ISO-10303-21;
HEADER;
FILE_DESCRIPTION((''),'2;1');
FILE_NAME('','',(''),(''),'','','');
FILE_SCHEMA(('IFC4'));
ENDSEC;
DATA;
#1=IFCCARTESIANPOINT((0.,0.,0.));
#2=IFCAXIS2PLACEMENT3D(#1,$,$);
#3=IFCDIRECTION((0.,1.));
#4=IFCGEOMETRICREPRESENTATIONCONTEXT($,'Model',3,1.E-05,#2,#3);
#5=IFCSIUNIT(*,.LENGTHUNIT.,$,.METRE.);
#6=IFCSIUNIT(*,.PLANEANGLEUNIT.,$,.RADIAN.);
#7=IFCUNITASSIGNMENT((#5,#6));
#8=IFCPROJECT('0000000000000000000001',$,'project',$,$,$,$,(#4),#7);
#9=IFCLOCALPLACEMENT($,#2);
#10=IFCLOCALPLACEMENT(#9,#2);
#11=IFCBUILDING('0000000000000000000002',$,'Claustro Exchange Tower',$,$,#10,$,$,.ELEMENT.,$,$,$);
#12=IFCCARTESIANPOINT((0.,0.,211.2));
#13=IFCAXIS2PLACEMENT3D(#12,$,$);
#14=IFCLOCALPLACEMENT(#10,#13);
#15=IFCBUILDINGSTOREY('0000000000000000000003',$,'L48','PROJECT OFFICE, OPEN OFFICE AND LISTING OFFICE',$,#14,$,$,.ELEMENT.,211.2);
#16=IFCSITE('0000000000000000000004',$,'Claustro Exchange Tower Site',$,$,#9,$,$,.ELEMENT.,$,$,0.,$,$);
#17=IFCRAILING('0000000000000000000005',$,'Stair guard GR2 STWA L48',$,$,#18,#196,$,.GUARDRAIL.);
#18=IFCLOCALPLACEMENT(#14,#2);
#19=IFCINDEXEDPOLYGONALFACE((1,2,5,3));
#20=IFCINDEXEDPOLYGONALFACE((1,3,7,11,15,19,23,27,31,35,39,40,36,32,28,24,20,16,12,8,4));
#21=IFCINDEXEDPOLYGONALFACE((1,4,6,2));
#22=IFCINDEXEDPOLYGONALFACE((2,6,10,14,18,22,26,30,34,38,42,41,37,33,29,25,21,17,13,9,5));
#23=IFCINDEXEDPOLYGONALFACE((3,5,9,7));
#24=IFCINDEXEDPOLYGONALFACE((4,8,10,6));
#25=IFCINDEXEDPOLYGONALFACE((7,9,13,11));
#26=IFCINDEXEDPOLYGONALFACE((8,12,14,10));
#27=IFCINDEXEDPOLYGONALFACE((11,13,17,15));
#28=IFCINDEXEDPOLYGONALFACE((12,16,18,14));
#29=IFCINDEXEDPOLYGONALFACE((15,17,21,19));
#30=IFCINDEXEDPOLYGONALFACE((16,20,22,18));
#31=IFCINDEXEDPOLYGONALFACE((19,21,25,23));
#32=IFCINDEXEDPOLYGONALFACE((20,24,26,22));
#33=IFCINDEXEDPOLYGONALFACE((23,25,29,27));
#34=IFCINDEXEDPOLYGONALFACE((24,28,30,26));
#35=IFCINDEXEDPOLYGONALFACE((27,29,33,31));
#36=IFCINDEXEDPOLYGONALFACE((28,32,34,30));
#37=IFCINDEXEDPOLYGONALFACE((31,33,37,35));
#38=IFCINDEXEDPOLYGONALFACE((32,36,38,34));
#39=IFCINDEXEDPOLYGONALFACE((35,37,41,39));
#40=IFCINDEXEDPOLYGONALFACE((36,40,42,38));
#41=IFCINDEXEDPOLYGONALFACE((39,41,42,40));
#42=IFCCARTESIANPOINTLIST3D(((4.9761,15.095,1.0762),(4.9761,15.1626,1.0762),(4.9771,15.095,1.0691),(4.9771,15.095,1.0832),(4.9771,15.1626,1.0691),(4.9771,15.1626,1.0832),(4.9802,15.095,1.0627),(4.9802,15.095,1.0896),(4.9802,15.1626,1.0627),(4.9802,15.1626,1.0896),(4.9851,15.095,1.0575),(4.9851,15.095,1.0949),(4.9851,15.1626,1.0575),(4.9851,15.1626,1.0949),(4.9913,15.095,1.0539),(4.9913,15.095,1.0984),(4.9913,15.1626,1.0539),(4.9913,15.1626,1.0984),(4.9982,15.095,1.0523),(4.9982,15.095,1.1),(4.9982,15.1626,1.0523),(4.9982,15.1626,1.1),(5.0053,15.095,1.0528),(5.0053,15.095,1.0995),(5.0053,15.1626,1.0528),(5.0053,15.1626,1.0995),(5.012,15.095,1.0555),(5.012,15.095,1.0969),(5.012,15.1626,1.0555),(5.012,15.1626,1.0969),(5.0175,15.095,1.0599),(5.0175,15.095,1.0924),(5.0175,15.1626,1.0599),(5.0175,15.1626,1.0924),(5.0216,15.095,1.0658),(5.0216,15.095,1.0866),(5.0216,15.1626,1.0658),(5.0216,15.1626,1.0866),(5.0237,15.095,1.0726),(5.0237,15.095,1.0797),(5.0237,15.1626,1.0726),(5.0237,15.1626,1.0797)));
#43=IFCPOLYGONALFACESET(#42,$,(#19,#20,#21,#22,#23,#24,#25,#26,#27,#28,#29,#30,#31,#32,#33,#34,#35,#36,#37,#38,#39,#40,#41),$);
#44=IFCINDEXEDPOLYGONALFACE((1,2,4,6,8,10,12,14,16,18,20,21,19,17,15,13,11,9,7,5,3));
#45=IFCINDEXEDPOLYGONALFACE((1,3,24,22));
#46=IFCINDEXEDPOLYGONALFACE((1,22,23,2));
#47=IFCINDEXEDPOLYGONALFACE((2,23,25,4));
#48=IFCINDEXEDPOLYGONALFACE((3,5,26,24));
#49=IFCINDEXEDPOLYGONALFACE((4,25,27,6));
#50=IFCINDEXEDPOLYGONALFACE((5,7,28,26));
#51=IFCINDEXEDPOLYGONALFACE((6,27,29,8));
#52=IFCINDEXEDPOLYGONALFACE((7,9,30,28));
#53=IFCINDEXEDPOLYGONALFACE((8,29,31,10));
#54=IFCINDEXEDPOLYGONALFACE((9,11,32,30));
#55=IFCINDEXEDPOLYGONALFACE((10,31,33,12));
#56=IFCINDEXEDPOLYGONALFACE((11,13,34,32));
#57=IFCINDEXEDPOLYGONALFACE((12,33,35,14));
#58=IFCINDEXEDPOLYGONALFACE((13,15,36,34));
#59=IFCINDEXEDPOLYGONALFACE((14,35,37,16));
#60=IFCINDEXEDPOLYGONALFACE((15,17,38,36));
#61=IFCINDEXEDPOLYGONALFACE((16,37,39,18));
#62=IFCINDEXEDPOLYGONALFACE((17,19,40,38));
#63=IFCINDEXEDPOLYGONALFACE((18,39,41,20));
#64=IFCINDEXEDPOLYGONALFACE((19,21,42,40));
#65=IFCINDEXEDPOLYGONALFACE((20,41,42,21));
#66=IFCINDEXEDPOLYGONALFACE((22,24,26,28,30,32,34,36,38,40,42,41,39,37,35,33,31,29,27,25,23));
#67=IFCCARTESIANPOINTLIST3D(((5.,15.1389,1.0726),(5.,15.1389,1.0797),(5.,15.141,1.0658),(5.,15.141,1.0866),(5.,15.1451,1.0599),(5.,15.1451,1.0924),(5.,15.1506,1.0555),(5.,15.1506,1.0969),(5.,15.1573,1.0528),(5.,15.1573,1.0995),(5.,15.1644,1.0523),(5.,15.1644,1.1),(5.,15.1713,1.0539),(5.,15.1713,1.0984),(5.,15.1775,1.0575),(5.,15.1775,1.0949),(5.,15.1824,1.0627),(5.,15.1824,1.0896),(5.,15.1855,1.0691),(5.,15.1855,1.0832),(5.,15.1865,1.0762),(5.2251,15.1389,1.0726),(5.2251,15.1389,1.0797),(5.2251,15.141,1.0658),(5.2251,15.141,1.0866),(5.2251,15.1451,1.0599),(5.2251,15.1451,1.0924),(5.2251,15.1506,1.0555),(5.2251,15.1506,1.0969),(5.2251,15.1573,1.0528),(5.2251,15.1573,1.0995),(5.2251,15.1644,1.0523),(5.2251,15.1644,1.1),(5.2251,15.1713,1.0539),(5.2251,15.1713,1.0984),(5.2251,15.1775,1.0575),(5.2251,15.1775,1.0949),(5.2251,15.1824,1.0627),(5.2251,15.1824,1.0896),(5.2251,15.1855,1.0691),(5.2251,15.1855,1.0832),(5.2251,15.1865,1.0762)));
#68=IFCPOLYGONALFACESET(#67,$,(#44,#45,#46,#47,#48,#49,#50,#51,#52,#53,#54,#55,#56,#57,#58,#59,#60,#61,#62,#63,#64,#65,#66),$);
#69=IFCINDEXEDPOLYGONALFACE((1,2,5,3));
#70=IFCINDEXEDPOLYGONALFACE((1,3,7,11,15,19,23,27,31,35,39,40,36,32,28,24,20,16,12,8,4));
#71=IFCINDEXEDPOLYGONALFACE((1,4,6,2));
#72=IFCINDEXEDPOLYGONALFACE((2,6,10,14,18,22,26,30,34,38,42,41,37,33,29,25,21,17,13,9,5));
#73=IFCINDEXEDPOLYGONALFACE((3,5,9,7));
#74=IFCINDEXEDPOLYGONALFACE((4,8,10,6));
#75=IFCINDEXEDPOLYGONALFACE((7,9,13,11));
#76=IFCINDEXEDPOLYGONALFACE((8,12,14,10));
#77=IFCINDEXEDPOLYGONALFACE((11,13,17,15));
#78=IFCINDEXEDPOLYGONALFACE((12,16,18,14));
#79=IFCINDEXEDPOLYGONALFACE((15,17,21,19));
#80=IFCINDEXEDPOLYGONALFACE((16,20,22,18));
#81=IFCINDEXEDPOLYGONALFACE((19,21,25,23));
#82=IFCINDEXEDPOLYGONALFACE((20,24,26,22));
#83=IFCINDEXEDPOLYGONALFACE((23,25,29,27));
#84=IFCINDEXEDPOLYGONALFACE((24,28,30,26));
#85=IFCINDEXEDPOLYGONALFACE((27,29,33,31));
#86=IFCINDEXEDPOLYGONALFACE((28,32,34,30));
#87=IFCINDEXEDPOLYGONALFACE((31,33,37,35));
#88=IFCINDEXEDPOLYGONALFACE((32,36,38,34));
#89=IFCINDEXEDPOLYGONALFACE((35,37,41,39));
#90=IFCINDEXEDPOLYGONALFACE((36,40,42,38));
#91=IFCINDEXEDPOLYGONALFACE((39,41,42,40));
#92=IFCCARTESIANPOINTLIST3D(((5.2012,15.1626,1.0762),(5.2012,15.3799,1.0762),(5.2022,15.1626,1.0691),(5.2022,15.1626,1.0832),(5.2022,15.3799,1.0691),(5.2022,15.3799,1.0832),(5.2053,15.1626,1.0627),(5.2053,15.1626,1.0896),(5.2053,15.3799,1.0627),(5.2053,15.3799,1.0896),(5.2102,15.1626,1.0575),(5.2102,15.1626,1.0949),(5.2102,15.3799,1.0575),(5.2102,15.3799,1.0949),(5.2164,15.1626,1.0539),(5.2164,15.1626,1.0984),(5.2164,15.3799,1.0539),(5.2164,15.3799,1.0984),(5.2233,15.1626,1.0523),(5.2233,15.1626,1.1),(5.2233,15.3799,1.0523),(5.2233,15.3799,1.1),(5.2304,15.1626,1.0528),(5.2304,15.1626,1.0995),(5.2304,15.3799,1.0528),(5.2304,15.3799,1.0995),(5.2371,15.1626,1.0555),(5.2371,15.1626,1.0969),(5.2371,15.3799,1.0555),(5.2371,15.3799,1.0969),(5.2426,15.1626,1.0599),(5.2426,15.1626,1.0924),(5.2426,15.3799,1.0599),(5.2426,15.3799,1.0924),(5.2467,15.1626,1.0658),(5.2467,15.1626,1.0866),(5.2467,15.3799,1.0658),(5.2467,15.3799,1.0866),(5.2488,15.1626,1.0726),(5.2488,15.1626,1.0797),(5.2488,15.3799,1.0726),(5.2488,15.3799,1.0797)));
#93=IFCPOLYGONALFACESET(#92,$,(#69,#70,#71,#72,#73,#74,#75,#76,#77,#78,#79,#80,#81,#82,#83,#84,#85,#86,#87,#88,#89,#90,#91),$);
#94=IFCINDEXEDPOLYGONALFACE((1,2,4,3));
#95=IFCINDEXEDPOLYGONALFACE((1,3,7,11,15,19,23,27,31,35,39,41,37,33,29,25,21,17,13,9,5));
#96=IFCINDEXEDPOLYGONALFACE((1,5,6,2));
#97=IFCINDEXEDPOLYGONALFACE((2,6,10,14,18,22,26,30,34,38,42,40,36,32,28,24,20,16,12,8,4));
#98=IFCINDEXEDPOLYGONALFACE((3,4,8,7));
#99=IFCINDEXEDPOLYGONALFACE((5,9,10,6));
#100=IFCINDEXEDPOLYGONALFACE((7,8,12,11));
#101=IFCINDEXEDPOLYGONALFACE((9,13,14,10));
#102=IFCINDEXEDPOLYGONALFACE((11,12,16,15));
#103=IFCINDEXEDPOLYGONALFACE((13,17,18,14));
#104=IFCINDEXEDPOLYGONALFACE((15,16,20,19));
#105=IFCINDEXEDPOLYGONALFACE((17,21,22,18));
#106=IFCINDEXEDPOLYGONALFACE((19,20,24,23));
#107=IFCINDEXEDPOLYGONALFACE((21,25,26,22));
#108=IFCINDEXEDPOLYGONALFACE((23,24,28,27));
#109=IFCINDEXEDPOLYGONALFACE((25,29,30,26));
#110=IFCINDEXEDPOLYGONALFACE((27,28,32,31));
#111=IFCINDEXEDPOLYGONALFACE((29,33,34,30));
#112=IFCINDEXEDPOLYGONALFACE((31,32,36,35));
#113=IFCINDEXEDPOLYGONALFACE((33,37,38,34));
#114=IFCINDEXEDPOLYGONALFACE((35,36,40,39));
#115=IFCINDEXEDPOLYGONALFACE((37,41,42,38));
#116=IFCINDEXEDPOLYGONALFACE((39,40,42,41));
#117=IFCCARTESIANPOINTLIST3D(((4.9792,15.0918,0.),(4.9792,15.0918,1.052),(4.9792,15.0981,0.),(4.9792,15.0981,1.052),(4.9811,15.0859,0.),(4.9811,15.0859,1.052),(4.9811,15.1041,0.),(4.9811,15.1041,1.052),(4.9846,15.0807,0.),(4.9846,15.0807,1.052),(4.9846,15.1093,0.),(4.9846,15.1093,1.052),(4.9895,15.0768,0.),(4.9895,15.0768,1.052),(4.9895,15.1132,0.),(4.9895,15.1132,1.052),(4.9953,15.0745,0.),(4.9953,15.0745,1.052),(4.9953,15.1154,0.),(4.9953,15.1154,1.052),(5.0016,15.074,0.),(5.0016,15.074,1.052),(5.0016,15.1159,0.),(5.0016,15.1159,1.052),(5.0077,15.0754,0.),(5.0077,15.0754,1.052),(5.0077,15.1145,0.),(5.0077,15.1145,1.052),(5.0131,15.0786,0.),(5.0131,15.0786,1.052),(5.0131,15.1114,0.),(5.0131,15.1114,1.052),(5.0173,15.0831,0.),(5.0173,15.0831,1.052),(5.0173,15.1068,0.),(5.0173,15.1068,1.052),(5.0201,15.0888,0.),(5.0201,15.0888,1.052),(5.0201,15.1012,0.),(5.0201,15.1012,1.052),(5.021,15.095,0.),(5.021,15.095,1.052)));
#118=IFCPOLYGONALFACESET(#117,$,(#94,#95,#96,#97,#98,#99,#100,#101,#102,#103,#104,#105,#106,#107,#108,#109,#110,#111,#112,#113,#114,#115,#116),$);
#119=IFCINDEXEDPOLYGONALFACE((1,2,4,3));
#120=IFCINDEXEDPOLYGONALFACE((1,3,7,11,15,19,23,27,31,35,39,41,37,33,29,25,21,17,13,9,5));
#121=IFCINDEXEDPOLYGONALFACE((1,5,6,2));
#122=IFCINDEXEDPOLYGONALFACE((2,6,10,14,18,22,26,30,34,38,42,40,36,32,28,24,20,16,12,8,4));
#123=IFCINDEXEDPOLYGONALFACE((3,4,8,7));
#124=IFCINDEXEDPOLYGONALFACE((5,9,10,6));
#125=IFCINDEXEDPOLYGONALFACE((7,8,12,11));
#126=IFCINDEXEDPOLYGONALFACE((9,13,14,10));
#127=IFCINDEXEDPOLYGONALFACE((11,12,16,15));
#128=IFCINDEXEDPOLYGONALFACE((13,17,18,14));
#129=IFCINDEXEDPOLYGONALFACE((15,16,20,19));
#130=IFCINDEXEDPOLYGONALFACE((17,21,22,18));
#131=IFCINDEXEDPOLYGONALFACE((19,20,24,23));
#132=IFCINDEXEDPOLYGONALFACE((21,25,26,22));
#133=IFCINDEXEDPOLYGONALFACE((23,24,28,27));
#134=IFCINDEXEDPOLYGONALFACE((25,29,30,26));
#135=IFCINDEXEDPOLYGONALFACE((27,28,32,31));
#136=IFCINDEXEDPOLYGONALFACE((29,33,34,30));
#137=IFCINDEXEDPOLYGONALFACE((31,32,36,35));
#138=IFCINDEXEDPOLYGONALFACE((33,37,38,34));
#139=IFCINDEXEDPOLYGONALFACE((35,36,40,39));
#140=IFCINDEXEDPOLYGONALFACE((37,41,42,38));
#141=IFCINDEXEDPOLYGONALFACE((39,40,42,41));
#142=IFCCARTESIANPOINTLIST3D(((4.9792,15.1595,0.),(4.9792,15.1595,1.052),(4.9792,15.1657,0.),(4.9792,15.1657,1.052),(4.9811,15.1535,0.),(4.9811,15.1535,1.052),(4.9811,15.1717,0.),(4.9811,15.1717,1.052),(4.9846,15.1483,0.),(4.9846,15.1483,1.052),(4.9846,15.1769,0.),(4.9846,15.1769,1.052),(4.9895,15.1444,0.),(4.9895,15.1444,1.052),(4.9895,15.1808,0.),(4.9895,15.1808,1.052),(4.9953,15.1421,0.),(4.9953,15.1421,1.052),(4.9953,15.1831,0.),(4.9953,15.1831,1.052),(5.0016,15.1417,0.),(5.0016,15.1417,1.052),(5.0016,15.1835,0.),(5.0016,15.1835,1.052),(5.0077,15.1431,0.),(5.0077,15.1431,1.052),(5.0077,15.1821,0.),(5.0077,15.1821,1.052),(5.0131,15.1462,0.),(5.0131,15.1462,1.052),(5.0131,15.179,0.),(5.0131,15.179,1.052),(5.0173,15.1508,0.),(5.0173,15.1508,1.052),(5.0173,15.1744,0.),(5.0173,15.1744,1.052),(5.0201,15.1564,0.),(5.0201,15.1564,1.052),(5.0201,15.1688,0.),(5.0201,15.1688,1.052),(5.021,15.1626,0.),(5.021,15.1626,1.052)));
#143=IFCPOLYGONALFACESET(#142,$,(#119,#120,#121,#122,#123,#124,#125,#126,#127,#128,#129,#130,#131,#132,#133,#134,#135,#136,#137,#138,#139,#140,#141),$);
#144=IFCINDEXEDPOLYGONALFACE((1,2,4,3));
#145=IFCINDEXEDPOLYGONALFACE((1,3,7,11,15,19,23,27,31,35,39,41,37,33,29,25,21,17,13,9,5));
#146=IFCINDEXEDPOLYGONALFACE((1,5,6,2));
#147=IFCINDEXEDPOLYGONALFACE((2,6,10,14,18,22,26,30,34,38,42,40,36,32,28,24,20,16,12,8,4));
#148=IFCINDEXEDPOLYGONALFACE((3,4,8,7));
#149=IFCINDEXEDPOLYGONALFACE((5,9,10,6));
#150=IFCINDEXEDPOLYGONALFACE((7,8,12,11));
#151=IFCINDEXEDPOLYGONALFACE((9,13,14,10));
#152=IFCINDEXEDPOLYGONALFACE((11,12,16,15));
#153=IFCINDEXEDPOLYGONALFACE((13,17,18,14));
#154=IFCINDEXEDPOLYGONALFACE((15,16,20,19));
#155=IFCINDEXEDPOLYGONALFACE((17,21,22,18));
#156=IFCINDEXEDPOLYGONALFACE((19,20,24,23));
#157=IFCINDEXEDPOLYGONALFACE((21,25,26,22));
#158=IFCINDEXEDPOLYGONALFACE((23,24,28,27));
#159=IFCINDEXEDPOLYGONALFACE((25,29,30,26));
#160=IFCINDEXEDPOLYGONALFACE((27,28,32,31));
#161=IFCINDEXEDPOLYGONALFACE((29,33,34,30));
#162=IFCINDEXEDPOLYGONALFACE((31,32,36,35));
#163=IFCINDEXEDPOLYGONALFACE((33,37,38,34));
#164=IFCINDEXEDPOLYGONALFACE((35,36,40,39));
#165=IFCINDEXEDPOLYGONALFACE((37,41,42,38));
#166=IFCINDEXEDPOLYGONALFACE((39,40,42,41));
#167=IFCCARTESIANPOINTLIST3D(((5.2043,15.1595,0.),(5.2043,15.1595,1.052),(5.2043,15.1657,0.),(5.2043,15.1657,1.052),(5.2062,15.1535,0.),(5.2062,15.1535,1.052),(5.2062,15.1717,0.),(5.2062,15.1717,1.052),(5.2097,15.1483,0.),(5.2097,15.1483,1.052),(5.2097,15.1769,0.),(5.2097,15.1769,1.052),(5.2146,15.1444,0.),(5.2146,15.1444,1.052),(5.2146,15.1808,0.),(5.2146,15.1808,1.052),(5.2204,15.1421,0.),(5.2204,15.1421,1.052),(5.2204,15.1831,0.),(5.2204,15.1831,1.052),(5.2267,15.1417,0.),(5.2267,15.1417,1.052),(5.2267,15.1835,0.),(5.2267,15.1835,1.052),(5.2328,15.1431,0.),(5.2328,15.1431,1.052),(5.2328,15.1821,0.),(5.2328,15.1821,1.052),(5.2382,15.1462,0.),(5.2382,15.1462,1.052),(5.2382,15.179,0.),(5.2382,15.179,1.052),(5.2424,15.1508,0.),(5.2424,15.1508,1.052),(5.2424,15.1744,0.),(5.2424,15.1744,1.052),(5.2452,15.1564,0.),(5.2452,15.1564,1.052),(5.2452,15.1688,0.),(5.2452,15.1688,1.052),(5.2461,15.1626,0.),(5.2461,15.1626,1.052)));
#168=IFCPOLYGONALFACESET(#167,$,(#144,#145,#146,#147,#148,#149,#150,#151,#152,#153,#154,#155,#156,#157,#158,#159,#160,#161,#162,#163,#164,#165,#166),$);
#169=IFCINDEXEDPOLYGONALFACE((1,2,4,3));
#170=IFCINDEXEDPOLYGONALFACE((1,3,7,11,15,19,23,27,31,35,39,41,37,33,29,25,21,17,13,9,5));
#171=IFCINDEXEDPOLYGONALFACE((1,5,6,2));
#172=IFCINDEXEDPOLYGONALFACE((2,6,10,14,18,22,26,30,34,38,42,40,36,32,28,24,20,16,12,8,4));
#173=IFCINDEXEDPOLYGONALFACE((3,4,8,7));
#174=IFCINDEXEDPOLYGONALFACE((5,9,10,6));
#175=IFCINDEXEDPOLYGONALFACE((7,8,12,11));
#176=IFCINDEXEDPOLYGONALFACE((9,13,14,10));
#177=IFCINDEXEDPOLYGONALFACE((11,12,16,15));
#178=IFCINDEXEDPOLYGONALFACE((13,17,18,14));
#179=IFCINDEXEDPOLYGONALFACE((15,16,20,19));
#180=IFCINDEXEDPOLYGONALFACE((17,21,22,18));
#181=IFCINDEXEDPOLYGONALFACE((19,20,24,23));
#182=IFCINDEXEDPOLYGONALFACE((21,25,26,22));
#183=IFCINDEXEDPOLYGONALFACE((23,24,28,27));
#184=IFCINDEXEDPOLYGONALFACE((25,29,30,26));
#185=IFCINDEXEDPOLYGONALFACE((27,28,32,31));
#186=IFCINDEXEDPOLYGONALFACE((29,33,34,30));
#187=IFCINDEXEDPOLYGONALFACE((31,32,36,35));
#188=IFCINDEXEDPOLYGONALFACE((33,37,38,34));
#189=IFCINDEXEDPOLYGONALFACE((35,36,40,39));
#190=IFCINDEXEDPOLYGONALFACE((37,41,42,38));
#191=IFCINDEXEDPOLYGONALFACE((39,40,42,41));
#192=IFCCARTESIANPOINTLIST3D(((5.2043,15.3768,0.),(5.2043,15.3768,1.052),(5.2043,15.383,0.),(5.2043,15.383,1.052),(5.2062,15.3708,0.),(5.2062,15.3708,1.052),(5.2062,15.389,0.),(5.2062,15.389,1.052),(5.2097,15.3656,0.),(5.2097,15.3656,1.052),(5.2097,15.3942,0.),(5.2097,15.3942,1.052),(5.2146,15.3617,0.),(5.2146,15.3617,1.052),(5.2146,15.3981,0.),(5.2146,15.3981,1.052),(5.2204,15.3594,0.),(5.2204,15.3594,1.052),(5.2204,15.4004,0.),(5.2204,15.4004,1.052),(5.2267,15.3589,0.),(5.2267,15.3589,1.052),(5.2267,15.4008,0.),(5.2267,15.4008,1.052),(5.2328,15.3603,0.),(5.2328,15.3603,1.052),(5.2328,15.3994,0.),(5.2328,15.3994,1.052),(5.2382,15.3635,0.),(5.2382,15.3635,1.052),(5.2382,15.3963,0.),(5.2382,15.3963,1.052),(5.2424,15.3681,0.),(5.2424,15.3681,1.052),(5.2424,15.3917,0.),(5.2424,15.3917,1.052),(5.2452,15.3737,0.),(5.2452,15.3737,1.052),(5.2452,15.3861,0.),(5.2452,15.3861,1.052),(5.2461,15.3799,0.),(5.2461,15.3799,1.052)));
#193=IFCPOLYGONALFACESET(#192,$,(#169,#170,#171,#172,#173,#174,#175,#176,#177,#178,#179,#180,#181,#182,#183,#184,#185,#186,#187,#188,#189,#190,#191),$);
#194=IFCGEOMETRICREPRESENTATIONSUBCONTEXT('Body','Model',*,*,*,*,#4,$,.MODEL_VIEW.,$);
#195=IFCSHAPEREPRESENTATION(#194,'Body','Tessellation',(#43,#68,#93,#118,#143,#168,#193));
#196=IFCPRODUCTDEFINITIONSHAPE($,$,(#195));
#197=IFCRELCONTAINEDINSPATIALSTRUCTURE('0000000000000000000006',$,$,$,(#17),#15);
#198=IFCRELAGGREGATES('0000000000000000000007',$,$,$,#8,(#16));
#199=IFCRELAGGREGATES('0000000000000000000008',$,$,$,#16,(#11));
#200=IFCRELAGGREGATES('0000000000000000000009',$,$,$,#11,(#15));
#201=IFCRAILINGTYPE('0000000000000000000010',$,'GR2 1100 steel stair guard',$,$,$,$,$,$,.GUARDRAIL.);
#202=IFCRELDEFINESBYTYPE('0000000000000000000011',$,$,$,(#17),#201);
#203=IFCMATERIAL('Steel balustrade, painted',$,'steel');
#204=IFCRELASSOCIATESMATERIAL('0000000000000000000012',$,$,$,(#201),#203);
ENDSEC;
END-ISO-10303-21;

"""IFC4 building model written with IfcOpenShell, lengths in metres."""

from ifc_helpers import new_model, si_unit, direction, frame, origin, origin_2d, place, context, subcontext, project, spatial, circle, extrude, material, type_object, element, save


model = new_model("IFC4")

# Units and contexts
model_context = context("Model", 3, precision=1e-05, world=origin(), true_north=direction((0.0, 1.0)))
body_context = subcontext(model_context, "Body", "Model", "MODEL_VIEW")
ifc_project = project(units=[si_unit("LENGTHUNIT", "METRE"), si_unit("PLANEANGLEUNIT", "RADIAN")], contexts=[model_context])

# Site, building, storey
site_placement = place(None, origin())
site = spatial("IfcSite", under=ifc_project, at=site_placement, Name="Claustro Exchange Tower Site", CompositionType="ELEMENT", RefElevation=0.0)
building_placement = place(site_placement, origin())
building = spatial("IfcBuilding", under=site, at=building_placement, Name="Claustro Exchange Tower", CompositionType="ELEMENT")
storey_placement = place(building_placement, frame((0.0, 0.0, 211.2)))
storey = spatial("IfcBuildingStorey", under=building, at=storey_placement, Name="L48", Description="PROJECT OFFICE, OPEN OFFICE AND LISTING OFFICE", CompositionType="ELEMENT", Elevation=211.2)

# Railing
ifc_material_1 = material(Name="Steel balustrade, painted", Category="steel")
railing_type_1 = type_object("IfcRailingType", Name="GR2 1100 steel stair guard", PredefinedType="GUARDRAIL", material=ifc_material_1)
railing_1_placement = place(storey_placement, frame((5.0, 15.095, 0.0)))
element("IfcRailing", 1, at=railing_1_placement, inside=storey, type_object=railing_type_1, Name="Stair guard GR2 STWA L48", PredefinedType="GUARDRAIL", context=body_context, shape_type="SweptSolid", body=[
    extrude(circle(Radius=0.0239, at=origin_2d()), frame((0.0, 0.0, 1.0762), z_axis=(0.0, 1.0, 0.0), x_axis=(-1.0, 0.0, 0.0)), (0.0, 0.0, 1.0), 0.0676),
    extrude(circle(Radius=0.0239, at=origin_2d()), frame((0.0, 0.0676, 1.0762), z_axis=(1.0, 0.0, 0.0), x_axis=(0.0, 1.0, 0.0)), (0.0, 0.0, 1.0), 0.2251),
    extrude(circle(Radius=0.0239, at=origin_2d()), frame((0.2251, 0.0676, 1.0762), z_axis=(0.0, 1.0, 0.0), x_axis=(-1.0, 0.0, 0.0)), (0.0, 0.0, 1.0), 0.2173),
    extrude(circle(Radius=0.021, at=origin_2d()), origin(), (0.0, 0.0, 1.0), 1.052),
    extrude(circle(Radius=0.021, at=origin_2d()), frame((0.0, 0.0676, 0.0)), (0.0, 0.0, 1.0), 1.052),
    extrude(circle(Radius=0.021, at=origin_2d()), frame((0.2251, 0.0676, 0.0)), (0.0, 0.0, 1.0), 1.052),
    extrude(circle(Radius=0.021, at=origin_2d()), frame((0.2251, 0.2849, 0.0)), (0.0, 0.0, 1.0), 1.052),
])

save(model, "model.ifc")
